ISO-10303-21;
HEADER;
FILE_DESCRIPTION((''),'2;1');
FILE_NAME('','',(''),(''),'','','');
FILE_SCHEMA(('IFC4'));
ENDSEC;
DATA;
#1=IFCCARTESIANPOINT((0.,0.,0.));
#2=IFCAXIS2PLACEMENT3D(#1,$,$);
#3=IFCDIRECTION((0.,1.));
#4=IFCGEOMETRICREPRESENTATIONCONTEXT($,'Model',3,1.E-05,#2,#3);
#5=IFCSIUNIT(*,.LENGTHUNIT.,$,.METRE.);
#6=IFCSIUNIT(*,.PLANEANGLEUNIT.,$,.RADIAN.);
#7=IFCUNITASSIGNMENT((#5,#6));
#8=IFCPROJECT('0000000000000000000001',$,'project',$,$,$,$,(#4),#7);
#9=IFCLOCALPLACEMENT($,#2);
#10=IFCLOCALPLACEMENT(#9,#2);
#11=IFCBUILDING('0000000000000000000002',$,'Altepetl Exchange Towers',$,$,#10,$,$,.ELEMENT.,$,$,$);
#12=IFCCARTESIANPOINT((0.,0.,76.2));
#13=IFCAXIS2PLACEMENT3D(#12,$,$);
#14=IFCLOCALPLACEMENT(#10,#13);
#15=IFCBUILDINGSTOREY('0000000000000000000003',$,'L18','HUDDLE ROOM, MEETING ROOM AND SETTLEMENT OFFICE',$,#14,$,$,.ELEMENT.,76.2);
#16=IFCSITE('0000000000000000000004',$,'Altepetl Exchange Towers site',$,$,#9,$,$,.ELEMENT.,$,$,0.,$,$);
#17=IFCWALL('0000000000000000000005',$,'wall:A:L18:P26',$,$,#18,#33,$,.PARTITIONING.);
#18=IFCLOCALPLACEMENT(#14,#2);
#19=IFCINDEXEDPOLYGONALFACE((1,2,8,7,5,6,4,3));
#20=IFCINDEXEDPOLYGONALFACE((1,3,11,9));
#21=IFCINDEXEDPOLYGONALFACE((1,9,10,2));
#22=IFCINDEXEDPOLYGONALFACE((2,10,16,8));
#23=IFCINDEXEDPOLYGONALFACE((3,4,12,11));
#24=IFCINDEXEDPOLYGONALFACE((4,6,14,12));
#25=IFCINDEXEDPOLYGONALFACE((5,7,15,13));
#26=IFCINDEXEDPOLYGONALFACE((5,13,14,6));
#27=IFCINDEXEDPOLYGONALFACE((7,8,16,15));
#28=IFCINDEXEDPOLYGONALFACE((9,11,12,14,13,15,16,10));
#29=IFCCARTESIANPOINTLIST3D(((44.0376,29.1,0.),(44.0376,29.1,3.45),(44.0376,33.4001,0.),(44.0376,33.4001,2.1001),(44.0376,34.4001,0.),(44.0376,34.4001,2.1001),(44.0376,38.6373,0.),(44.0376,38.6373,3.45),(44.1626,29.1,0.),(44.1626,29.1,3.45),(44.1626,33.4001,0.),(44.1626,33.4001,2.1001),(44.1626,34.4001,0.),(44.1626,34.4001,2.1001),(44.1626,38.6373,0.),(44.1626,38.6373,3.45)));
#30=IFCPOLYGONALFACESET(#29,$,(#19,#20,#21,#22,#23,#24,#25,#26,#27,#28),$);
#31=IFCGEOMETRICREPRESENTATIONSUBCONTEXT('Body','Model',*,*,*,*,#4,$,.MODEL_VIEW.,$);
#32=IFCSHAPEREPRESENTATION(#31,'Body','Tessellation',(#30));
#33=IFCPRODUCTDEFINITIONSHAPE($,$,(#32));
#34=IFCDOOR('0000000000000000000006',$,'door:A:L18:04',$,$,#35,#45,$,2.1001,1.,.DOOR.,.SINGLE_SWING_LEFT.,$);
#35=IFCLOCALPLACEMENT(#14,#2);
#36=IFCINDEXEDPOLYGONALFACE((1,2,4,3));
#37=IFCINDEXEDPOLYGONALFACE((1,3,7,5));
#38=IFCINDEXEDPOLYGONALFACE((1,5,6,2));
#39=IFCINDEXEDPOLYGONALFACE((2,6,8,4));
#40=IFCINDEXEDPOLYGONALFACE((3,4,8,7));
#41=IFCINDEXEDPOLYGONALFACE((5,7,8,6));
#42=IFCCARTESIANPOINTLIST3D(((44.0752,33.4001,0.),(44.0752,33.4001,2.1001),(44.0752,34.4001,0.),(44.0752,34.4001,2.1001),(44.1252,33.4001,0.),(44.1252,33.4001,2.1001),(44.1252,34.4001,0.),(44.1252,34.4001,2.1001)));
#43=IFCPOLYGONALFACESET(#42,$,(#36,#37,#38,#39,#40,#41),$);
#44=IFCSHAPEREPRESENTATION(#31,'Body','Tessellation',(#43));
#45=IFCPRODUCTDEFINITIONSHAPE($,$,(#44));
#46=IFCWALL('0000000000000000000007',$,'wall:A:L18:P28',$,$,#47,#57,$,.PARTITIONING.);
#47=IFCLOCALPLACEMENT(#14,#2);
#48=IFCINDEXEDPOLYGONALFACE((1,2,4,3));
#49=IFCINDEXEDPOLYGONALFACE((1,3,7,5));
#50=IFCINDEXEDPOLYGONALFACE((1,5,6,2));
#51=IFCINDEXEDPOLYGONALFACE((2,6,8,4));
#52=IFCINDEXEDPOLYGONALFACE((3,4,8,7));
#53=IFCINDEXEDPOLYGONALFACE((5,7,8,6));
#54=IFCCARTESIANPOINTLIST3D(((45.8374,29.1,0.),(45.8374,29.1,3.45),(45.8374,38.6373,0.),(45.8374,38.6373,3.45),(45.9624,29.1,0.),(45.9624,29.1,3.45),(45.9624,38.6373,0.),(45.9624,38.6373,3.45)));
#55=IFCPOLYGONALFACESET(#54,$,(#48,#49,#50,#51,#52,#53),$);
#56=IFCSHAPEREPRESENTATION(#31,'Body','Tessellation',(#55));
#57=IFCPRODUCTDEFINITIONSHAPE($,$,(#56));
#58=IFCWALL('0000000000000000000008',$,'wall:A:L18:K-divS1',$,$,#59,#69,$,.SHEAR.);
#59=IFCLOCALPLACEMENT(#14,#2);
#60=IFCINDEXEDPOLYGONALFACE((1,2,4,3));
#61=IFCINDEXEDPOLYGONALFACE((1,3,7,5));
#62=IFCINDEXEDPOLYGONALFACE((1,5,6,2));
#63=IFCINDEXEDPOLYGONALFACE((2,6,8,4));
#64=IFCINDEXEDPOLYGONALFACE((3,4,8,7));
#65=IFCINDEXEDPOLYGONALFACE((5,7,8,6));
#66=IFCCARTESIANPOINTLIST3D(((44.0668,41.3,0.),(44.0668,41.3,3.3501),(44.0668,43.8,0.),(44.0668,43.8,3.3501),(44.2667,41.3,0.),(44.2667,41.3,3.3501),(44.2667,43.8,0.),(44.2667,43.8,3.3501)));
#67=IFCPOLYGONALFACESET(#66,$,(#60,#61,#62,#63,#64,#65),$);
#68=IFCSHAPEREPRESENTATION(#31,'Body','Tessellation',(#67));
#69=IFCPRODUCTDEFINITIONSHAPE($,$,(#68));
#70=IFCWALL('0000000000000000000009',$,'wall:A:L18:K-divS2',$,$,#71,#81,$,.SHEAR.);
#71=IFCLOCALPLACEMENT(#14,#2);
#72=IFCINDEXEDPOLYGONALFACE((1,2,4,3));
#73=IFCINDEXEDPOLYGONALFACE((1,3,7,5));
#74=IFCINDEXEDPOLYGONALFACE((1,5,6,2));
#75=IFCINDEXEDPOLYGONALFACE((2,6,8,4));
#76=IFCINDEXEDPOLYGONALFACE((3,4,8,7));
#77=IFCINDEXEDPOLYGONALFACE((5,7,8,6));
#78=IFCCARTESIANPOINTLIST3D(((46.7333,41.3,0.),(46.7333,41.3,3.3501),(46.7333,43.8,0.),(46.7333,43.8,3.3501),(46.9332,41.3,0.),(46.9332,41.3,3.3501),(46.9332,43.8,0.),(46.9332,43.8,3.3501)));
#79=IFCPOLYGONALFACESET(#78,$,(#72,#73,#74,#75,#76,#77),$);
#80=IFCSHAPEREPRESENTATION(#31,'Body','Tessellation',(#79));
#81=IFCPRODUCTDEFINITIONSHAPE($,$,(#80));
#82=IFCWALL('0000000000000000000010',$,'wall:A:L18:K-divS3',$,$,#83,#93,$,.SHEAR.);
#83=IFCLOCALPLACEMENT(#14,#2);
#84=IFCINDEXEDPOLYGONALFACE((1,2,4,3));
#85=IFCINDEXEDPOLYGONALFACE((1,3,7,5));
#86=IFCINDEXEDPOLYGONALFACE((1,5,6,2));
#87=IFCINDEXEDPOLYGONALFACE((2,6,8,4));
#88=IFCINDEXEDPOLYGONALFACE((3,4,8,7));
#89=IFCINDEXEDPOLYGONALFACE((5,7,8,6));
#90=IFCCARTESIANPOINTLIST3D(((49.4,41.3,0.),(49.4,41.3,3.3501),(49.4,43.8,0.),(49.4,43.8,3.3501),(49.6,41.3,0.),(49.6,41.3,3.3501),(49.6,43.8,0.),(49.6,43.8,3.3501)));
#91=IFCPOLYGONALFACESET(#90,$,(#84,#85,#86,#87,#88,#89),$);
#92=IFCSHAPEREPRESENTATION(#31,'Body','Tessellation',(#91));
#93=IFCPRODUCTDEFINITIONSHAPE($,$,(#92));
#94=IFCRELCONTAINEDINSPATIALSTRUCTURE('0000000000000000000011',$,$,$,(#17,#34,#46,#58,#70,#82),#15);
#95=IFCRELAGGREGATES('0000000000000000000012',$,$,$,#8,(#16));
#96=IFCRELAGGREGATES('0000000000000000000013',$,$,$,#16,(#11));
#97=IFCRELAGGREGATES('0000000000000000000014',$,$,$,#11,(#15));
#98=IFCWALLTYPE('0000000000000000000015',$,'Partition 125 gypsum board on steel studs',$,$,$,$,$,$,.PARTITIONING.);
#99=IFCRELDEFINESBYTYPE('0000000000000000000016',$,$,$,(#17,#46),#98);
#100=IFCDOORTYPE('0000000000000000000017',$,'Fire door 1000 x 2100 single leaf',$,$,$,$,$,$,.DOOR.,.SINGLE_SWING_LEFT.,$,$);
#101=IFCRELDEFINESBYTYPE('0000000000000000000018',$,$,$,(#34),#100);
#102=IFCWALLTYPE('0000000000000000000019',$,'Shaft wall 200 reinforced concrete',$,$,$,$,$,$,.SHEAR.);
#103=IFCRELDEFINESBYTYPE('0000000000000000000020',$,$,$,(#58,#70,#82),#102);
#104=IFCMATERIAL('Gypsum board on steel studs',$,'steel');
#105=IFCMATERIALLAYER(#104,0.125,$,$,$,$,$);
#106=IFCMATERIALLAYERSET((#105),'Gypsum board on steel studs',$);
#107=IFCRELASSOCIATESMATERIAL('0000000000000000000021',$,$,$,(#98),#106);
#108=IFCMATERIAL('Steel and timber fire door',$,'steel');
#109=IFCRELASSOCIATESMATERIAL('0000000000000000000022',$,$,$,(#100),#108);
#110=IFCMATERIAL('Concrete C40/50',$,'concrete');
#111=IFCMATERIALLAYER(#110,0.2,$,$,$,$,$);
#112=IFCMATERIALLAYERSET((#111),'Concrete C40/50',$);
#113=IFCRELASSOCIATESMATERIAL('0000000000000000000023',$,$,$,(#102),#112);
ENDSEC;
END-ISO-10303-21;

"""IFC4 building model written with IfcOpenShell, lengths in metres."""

from ifc_helpers import new_model, si_unit, direction, frame, frame_2d, origin, place, context, subcontext, project, spatial, rectangle, extrude, material, layer, layer_set, type_object, element, fill, save


model = new_model("IFC4")

# Units and contexts
model_context = context("Model", 3, precision=1e-05, world=origin(), true_north=direction((0.0, 1.0)))
body_context = subcontext(model_context, "Body", "Model", "MODEL_VIEW")
ifc_project = project(units=[si_unit("LENGTHUNIT", "METRE"), si_unit("PLANEANGLEUNIT", "RADIAN")], contexts=[model_context])

# Site, building, storey
site_placement = place(None, origin())
site = spatial("IfcSite", under=ifc_project, at=site_placement, Name="Altepetl Exchange Towers site", CompositionType="ELEMENT", RefElevation=0.0)
building_placement = place(site_placement, origin())
building = spatial("IfcBuilding", under=site, at=building_placement, Name="Altepetl Exchange Towers", CompositionType="ELEMENT")
storey_placement = place(building_placement, frame((0.0, 0.0, 76.2)))
storey = spatial("IfcBuildingStorey", under=building, at=storey_placement, Name="L18", Description="HUDDLE ROOM, MEETING ROOM AND SETTLEMENT OFFICE", CompositionType="ELEMENT", Elevation=76.2)

# Shared definitions
ifc_material_1 = material(Name="Gypsum board on steel studs", Category="steel")
ifc_layer_1 = layer(ifc_material_1, 0.125)
ifc_layer_set_1 = layer_set([ifc_layer_1], Name="Gypsum board on steel studs")
wall_type_1 = type_object("IfcWallType", Name="Partition 125 gypsum board on steel studs", PredefinedType="PARTITIONING", material=ifc_layer_set_1)

# Wall, opening, door
wall_1_placement = place(storey_placement, frame((44.1001, 29.1001, 0.0), z_axis=(0.0, 0.0, 1.0), x_axis=(0.0, 1.0, 0.0)))
wall_1 = element("IfcWall", 1, at=wall_1_placement, inside=storey, type_object=wall_type_1, Name="wall:A:L18:P26", PredefinedType="PARTITIONING", context=body_context, shape_type="SweptSolid", body=[
    extrude(rectangle(XDim=9.5374, YDim=0.125, at=frame_2d((4.7686, 0.0))), origin(), (0.0, 0.0, 1.0), 3.45),
])
opening_1_placement = place(wall_1_placement, frame((4.3, 0.0, 0.0)))
opening_1 = element("IfcOpeningElement", 2, at=opening_1_placement, cuts=wall_1, PredefinedType="OPENING", context=body_context, shape_type="SweptSolid", body=[
    extrude(rectangle(XDim=1.0, YDim=2.1001, at=frame_2d((0.5, 1.05))), frame((0.0, 0.0725, 0.0), z_axis=(0.0, -1.0, 0.0), x_axis=(1.0, 0.0, 0.0)), (0.0, 0.0, 1.0), 0.145),
])
ifc_material_2 = material(Name="Steel and timber fire door", Category="steel")
door_type_1 = type_object("IfcDoorType", Name="Fire door 1000 x 2100 single leaf", OperationType="SINGLE_SWING_LEFT", PredefinedType="DOOR", material=ifc_material_2)
door_1_placement = place(opening_1_placement, origin())
door_1 = element("IfcDoor", 3, at=door_1_placement, inside=storey, type_object=door_type_1, Name="door:A:L18:04", OperationType="SINGLE_SWING_LEFT", OverallHeight=2.1001, OverallWidth=1.0, PredefinedType="DOOR", context=body_context, shape_type="SweptSolid", body=[
    extrude(rectangle(XDim=1.0, YDim=2.1001, at=frame_2d((0.5, 1.05))), frame((0.0, 0.0249, 0.0), z_axis=(0.0, -1.0, 0.0), x_axis=(1.0, 0.0, 0.0)), (0.0, 0.0, 1.0), 0.05),
])
fill(opening_1, door_1)

# Walls
wall_2_placement = place(storey_placement, frame((45.8999, 29.1001, 0.0), z_axis=(0.0, 0.0, 1.0), x_axis=(0.0, 1.0, 0.0)))
element("IfcWall", 4, at=wall_2_placement, inside=storey, type_object=wall_type_1, Name="wall:A:L18:P28", PredefinedType="PARTITIONING", context=body_context, shape_type="SweptSolid", body=[
    extrude(rectangle(XDim=9.5374, YDim=0.125, at=frame_2d((4.7686, 0.0))), origin(), (0.0, 0.0, 1.0), 3.45),
])
ifc_material_3 = material(Name="Concrete C40/50", Category="concrete")
ifc_layer_2 = layer(ifc_material_3, 0.2)
ifc_layer_set_2 = layer_set([ifc_layer_2], Name="Concrete C40/50")
wall_type_2 = type_object("IfcWallType", Name="Shaft wall 200 reinforced concrete", PredefinedType="SHEAR", material=ifc_layer_set_2)
for number, where, z_axis, x_axis, name in (
    (5, (44.1667, 41.3, 0.0), (0.0, 0.0, 1.0), (0.0, 1.0, 0.0), "wall:A:L18:K-divS1"),
    (6, (46.8333, 41.3, 0.0), (0.0, 0.0, 1.0), (0.0, 1.0, 0.0), "wall:A:L18:K-divS2"),
    (7, (49.5, 41.3, 0.0), (0.0, 0.0, 1.0), (0.0, 1.0, 0.0), "wall:A:L18:K-divS3"),
):
    element("IfcWall", number, at=place(storey_placement, frame(where, z_axis=z_axis, x_axis=x_axis)), inside=storey, type_object=wall_type_2, Name=name, PredefinedType="SHEAR", context=body_context, shape_type="SweptSolid", body=[
        extrude(rectangle(XDim=2.5, YDim=0.2, at=frame_2d((1.25, 0.0))), origin(), (0.0, 0.0, 1.0), 3.3501),
    ])

save(model, "model.ifc")
